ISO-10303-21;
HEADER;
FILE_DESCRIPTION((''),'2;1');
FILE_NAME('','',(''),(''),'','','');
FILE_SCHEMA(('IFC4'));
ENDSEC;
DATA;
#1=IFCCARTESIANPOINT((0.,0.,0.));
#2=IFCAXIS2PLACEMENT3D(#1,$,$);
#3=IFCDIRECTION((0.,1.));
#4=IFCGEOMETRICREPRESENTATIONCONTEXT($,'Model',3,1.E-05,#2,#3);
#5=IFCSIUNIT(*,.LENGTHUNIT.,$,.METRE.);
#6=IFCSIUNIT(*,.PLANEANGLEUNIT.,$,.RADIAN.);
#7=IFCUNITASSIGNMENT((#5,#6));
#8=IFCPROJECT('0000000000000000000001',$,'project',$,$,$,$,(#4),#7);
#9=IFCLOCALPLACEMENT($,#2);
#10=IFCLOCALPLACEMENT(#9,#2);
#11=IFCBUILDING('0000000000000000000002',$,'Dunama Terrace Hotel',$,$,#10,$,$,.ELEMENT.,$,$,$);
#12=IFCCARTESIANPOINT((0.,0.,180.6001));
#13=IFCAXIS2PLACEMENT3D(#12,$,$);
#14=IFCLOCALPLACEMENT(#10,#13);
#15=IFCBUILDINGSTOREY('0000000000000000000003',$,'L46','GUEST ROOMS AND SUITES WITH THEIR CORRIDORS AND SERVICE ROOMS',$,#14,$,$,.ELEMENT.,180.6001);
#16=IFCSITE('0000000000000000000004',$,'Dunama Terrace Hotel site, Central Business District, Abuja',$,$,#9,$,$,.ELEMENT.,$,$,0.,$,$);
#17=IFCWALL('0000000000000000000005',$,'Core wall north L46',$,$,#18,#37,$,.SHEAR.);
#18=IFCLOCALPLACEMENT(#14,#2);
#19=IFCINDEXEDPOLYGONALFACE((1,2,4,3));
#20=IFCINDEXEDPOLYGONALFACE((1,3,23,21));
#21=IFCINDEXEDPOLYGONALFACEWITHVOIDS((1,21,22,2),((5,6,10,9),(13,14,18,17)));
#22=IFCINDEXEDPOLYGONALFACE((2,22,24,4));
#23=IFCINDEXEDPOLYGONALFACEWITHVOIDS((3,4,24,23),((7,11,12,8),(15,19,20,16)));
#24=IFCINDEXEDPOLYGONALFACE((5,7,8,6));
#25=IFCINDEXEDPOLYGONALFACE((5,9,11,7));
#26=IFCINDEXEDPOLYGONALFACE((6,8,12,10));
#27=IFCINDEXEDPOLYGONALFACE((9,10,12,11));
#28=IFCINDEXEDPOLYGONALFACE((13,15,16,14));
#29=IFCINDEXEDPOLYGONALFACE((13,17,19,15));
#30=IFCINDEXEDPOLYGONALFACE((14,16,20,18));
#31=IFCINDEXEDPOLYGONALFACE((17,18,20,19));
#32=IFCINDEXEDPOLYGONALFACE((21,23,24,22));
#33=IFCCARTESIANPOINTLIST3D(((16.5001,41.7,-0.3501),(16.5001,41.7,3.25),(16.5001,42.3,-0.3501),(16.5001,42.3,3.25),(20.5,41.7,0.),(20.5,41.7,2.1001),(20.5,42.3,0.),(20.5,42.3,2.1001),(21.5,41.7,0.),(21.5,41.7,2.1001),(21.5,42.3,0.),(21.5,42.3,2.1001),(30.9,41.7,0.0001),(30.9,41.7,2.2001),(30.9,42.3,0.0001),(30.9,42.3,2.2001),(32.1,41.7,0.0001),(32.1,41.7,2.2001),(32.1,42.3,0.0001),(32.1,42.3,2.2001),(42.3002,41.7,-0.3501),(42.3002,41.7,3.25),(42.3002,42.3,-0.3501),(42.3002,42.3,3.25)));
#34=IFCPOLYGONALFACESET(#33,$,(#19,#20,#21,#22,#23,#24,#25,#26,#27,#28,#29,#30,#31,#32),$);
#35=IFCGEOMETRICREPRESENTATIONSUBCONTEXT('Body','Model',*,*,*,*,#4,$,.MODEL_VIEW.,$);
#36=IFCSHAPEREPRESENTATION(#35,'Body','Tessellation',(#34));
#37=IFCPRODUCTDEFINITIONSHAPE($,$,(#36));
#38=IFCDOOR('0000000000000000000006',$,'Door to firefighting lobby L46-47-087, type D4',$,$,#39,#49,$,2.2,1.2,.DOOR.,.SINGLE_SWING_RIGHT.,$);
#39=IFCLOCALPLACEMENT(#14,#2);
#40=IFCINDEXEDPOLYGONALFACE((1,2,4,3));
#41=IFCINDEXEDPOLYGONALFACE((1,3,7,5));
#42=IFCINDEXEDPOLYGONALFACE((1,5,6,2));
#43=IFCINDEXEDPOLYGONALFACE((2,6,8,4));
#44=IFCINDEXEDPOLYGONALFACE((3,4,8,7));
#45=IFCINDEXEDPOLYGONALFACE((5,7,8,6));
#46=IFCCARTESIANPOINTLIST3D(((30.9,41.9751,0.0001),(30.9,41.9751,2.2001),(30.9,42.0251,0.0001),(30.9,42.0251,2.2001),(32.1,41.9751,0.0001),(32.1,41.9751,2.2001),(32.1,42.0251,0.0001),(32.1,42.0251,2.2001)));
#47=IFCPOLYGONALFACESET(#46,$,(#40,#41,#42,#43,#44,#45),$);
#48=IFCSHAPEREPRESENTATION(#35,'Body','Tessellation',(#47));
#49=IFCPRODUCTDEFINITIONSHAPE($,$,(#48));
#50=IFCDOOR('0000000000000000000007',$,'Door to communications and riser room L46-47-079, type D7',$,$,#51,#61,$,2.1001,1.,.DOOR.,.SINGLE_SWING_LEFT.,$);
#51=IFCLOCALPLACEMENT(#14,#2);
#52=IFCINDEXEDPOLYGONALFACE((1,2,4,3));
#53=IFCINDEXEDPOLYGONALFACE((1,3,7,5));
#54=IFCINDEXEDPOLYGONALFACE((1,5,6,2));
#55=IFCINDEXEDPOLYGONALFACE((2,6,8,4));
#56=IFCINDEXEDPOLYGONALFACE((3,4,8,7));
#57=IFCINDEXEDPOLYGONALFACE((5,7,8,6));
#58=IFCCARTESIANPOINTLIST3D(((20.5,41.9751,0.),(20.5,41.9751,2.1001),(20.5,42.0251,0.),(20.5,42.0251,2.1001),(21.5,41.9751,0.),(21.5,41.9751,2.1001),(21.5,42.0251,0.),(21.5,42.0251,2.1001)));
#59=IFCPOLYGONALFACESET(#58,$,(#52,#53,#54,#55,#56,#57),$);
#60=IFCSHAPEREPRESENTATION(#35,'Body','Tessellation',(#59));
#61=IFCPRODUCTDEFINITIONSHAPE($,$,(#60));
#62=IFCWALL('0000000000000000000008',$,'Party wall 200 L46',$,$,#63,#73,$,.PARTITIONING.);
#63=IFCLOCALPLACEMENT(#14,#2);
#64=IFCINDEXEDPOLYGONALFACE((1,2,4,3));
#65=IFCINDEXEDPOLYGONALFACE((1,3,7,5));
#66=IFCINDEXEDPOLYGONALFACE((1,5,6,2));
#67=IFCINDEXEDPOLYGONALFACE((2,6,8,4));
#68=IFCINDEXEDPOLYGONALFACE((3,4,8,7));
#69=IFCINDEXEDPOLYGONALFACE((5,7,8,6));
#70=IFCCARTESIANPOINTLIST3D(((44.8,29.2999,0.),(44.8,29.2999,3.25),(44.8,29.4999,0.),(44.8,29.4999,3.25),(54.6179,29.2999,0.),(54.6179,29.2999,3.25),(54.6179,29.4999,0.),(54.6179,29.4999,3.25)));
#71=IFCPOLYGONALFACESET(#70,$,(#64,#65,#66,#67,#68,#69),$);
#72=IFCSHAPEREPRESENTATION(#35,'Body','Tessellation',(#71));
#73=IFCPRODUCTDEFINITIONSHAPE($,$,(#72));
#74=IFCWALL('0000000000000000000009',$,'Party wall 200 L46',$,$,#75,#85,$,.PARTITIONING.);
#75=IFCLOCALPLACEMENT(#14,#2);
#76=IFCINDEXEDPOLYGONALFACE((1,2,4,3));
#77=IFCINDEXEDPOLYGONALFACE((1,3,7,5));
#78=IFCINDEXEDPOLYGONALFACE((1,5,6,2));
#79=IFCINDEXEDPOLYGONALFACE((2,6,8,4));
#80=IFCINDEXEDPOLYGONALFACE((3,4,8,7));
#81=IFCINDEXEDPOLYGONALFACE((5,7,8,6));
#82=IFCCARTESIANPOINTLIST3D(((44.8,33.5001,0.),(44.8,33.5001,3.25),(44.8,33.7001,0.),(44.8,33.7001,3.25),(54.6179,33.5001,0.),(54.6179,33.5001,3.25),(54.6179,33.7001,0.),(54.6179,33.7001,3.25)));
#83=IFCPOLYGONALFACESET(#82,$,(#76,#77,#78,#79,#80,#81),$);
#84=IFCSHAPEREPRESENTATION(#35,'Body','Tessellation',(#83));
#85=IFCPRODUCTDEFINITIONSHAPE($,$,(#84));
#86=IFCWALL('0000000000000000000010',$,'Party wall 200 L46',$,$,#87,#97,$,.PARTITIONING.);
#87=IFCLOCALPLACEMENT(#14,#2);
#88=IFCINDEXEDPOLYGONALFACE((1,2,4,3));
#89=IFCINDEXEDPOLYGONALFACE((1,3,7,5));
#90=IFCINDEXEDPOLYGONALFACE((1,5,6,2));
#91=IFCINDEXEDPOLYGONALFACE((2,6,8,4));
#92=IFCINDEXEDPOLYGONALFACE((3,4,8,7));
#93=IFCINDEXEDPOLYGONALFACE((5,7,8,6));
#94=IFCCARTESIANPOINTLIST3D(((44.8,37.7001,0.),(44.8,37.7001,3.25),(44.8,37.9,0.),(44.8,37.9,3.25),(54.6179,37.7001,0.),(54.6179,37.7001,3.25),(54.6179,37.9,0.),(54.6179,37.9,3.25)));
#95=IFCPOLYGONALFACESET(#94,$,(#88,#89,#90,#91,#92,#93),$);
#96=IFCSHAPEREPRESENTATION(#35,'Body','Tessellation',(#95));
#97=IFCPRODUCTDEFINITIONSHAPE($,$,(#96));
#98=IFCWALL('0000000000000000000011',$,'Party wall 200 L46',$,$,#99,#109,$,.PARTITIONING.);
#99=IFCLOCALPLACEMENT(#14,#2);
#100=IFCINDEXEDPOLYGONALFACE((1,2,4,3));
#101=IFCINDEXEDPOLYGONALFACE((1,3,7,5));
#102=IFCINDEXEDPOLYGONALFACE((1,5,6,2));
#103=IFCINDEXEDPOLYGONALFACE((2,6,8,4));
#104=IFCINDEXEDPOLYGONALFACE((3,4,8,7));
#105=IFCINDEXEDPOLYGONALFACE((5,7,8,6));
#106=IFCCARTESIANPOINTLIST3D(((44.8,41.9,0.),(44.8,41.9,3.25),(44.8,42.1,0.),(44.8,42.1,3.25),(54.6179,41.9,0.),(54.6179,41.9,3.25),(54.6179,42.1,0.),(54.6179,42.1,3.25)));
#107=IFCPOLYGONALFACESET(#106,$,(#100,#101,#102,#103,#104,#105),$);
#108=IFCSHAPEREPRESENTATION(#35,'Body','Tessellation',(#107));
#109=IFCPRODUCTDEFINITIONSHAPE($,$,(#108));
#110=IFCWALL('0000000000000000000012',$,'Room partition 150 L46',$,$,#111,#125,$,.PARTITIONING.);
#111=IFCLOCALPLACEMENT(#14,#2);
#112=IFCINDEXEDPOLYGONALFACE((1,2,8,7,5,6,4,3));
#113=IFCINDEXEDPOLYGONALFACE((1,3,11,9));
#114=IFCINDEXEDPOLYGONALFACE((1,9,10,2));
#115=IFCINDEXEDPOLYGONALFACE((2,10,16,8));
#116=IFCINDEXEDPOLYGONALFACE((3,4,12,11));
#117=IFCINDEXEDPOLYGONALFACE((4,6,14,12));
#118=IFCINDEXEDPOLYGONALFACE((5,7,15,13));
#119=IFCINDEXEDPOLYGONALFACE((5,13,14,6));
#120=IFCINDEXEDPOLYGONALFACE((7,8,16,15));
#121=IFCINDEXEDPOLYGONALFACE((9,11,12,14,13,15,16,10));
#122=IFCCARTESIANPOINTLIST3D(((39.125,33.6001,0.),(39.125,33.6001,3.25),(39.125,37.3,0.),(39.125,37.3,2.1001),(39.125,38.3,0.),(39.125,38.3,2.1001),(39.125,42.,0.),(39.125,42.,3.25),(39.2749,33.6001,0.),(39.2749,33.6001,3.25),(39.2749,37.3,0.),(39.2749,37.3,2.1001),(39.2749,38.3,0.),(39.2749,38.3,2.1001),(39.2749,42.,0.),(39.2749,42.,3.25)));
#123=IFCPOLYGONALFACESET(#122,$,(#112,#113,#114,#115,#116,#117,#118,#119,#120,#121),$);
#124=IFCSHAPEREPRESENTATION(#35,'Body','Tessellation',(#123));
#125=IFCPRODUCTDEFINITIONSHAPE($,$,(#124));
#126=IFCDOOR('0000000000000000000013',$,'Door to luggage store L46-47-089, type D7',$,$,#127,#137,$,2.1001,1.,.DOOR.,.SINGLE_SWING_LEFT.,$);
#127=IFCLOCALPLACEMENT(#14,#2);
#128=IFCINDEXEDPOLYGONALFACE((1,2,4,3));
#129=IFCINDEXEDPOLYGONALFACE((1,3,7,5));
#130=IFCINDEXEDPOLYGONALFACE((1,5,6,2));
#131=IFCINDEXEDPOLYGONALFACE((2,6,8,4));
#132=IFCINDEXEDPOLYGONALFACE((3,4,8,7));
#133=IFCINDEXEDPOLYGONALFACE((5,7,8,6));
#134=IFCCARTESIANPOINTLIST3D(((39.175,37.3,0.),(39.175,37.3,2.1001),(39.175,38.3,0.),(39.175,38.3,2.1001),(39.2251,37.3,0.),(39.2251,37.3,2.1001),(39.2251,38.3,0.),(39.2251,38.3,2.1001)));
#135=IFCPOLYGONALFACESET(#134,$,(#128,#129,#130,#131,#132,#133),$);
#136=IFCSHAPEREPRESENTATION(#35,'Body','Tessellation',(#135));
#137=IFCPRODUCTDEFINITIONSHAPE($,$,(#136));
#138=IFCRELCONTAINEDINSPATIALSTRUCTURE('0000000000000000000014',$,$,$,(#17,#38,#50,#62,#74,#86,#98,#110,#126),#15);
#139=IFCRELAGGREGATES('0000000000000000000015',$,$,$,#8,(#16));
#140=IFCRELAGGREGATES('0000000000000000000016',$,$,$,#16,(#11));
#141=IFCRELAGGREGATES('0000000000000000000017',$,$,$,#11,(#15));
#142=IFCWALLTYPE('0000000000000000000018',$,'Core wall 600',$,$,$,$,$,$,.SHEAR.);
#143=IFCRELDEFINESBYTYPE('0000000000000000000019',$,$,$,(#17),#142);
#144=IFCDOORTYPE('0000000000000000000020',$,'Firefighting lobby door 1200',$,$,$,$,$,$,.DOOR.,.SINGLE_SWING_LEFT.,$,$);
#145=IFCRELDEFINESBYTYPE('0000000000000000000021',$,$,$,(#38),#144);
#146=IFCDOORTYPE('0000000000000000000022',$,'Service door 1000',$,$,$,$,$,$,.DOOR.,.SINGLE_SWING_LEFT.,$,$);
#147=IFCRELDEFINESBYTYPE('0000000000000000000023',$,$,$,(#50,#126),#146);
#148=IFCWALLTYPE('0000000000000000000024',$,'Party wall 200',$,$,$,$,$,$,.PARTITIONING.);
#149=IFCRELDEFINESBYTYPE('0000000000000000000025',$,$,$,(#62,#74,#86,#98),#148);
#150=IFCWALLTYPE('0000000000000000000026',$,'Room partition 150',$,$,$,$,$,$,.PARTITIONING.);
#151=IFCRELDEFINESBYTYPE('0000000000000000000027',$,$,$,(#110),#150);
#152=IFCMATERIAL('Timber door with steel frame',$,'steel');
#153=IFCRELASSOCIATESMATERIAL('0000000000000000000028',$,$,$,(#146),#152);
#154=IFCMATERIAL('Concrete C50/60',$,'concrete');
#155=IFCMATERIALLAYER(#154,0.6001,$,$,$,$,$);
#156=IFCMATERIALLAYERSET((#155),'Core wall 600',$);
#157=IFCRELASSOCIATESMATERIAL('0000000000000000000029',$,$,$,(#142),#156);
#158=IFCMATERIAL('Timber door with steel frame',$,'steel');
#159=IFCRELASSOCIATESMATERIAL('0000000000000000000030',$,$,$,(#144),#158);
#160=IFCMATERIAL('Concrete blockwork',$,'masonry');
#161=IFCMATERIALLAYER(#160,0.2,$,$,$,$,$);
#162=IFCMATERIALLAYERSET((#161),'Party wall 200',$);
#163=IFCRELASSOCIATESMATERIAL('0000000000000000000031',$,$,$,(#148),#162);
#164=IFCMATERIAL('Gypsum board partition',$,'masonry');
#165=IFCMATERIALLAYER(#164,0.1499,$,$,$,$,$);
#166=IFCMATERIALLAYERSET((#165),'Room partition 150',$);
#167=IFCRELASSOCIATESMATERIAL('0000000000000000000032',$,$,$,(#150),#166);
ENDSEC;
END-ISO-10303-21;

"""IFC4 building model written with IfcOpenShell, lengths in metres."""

from ifc_helpers import new_model, si_unit, direction, frame, frame_2d, origin, place, context, subcontext, project, spatial, rectangle, extrude, material, layer, layer_set, type_object, element, fill, save


model = new_model("IFC4")

# Units and contexts
model_context = context("Model", 3, precision=1e-05, world=origin(), true_north=direction((0.0, 1.0)))
body_context = subcontext(model_context, "Body", "Model", "MODEL_VIEW")
ifc_project = project(units=[si_unit("LENGTHUNIT", "METRE"), si_unit("PLANEANGLEUNIT", "RADIAN")], contexts=[model_context])

# Site, building, storey
site_placement = place(None, origin())
site = spatial("IfcSite", under=ifc_project, at=site_placement, Name="Dunama Terrace Hotel site, Central Business District, Abuja", CompositionType="ELEMENT", RefElevation=0.0)
building_placement = place(site_placement, origin())
building = spatial("IfcBuilding", under=site, at=building_placement, Name="Dunama Terrace Hotel", CompositionType="ELEMENT")
storey_placement = place(building_placement, frame((0.0, 0.0, 180.6001)))
storey = spatial("IfcBuildingStorey", under=building, at=storey_placement, Name="L46", Description="GUEST ROOMS AND SUITES WITH THEIR CORRIDORS AND SERVICE ROOMS", CompositionType="ELEMENT", Elevation=180.6001)

# Shared definitions
ifc_material_1 = material(Name="Timber door with steel frame", Category="steel")
door_type_1 = type_object("IfcDoorType", Name="Service door 1000", OperationType="SINGLE_SWING_LEFT", PredefinedType="DOOR", material=ifc_material_1)

# Wall, openings, doors
ifc_material_2 = material(Name="Concrete C50/60", Category="concrete")
ifc_layer_1 = layer(ifc_material_2, 0.6001)
ifc_layer_set_1 = layer_set([ifc_layer_1], Name="Core wall 600")
wall_type_1 = type_object("IfcWallType", Name="Core wall 600", PredefinedType="SHEAR", material=ifc_layer_set_1)
wall_1_placement = place(storey_placement, frame((42.3, 42.0, -0.3501), z_axis=(0.0, 0.0, 1.0), x_axis=(-1.0, 0.0, 0.0)))
wall_1 = element("IfcWall", 1, at=wall_1_placement, inside=storey, type_object=wall_type_1, Name="Core wall north L46", PredefinedType="SHEAR", context=body_context, shape_type="SweptSolid", body=[
    extrude(rectangle(XDim=25.8, YDim=0.6001, at=frame_2d((12.8999, 0.0))), origin(), (0.0, 0.0, 1.0), 3.6001),
])
opening_1_placement = place(wall_1_placement, frame((20.8, 0.0, 0.3501)))
opening_1 = element("IfcOpeningElement", 2, at=opening_1_placement, cuts=wall_1, PredefinedType="OPENING", context=body_context, shape_type="SweptSolid", body=[
    extrude(rectangle(XDim=1.0, YDim=2.1001, at=frame_2d((0.5, 1.05))), frame((0.0, 0.3101, 0.0), z_axis=(0.0, -1.0, 0.0), x_axis=(1.0, 0.0, 0.0)), (0.0, 0.0, 1.0), 0.6201),
])
opening_2_placement = place(wall_1_placement, frame((10.2, 0.0, 0.3501)))
opening_2 = element("IfcOpeningElement", 3, at=opening_2_placement, cuts=wall_1, PredefinedType="OPENING", context=body_context, shape_type="SweptSolid", body=[
    extrude(rectangle(XDim=1.2, YDim=2.2, at=frame_2d((0.6001, 1.1001))), frame((0.0, 0.3101, 0.0), z_axis=(0.0, -1.0, 0.0), x_axis=(1.0, 0.0, 0.0)), (0.0, 0.0, 1.0), 0.6201),
])
ifc_material_3 = material(Name="Timber door with steel frame", Category="steel")
door_type_2 = type_object("IfcDoorType", Name="Firefighting lobby door 1200", OperationType="SINGLE_SWING_LEFT", PredefinedType="DOOR", material=ifc_material_3)
door_1_placement = place(opening_2_placement, origin())
door_1 = element("IfcDoor", 4, at=door_1_placement, inside=storey, type_object=door_type_2, Name="Door to firefighting lobby L46-47-087, type D4", OperationType="SINGLE_SWING_RIGHT", OverallHeight=2.2, OverallWidth=1.2, PredefinedType="DOOR", context=body_context, shape_type="SweptSolid", body=[
    extrude(rectangle(XDim=1.2, YDim=2.2, at=frame_2d((0.6001, 1.1001))), frame((0.0, 0.0249, 0.0), z_axis=(0.0, -1.0, 0.0), x_axis=(1.0, 0.0, 0.0)), (0.0, 0.0, 1.0), 0.05),
])
fill(opening_2, door_1)
door_2_placement = place(opening_1_placement, origin())
door_2 = element("IfcDoor", 5, at=door_2_placement, inside=storey, type_object=door_type_1, Name="Door to communications and riser room L46-47-079, type D7", OperationType="SINGLE_SWING_LEFT", OverallHeight=2.1001, OverallWidth=1.0, PredefinedType="DOOR", context=body_context, shape_type="SweptSolid", body=[
    extrude(rectangle(XDim=1.0, YDim=2.1001, at=frame_2d((0.5, 1.05))), frame((0.0, 0.0249, 0.0), z_axis=(0.0, -1.0, 0.0), x_axis=(1.0, 0.0, 0.0)), (0.0, 0.0, 1.0), 0.05),
])
fill(opening_1, door_2)

# Walls
ifc_material_4 = material(Name="Concrete blockwork", Category="masonry")
ifc_layer_2 = layer(ifc_material_4, 0.2)
ifc_layer_set_2 = layer_set([ifc_layer_2], Name="Party wall 200")
wall_type_2 = type_object("IfcWallType", Name="Party wall 200", PredefinedType="PARTITIONING", material=ifc_layer_set_2)
for number, where, z_axis, x_axis, name in (
    (6, (44.8, 29.3999, 0.0), (0.0, 0.0, 1.0), (1.0, 0.0, 0.0), "Party wall 200 L46"),
    (7, (44.8, 33.6001, 0.0), (0.0, 0.0, 1.0), (1.0, 0.0, 0.0), "Party wall 200 L46"),
    (8, (44.8, 37.8, 0.0), (0.0, 0.0, 1.0), (1.0, 0.0, 0.0), "Party wall 200 L46"),
    (9, (44.8, 42.0, 0.0), (0.0, 0.0, 1.0), (1.0, 0.0, 0.0), "Party wall 200 L46"),
):
    element("IfcWall", number, at=place(storey_placement, frame(where, z_axis=z_axis, x_axis=x_axis)), inside=storey, type_object=wall_type_2, Name=name, PredefinedType="PARTITIONING", context=body_context, shape_type="SweptSolid", body=[
        extrude(rectangle(XDim=9.8179, YDim=0.2, at=frame_2d((4.9089, 0.0))), origin(), (0.0, 0.0, 1.0), 3.25),
    ])

# Wall, opening, door
ifc_material_5 = material(Name="Gypsum board partition", Category="masonry")
ifc_layer_3 = layer(ifc_material_5, 0.1499)
ifc_layer_set_3 = layer_set([ifc_layer_3], Name="Room partition 150")
wall_type_3 = type_object("IfcWallType", Name="Room partition 150", PredefinedType="PARTITIONING", material=ifc_layer_set_3)
wall_2_placement = place(storey_placement, frame((39.2, 33.6001, 0.0), z_axis=(0.0, 0.0, 1.0), x_axis=(0.0, 1.0, 0.0)))
wall_2 = element("IfcWall", 10, at=wall_2_placement, inside=storey, type_object=wall_type_3, Name="Room partition 150 L46", PredefinedType="PARTITIONING", context=body_context, shape_type="SweptSolid", body=[
    extrude(rectangle(XDim=8.3999, YDim=0.1499, at=frame_2d((4.2, 0.0))), origin(), (0.0, 0.0, 1.0), 3.25),
])
opening_3_placement = place(wall_2_placement, frame((3.7, 0.0, 0.0)))
opening_3 = element("IfcOpeningElement", 11, at=opening_3_placement, cuts=wall_2, PredefinedType="OPENING", context=body_context, shape_type="SweptSolid", body=[
    extrude(rectangle(XDim=1.0, YDim=2.1001, at=frame_2d((0.5, 1.05))), frame((0.0, 0.085, 0.0), z_axis=(0.0, -1.0, 0.0), x_axis=(1.0, 0.0, 0.0)), (0.0, 0.0, 1.0), 0.1699),
])
door_3_placement = place(opening_3_placement, origin())
door_3 = element("IfcDoor", 12, at=door_3_placement, inside=storey, type_object=door_type_1, Name="Door to luggage store L46-47-089, type D7", OperationType="SINGLE_SWING_LEFT", OverallHeight=2.1001, OverallWidth=1.0, PredefinedType="DOOR", context=body_context, shape_type="SweptSolid", body=[
    extrude(rectangle(XDim=1.0, YDim=2.1001, at=frame_2d((0.5, 1.05))), frame((0.0, 0.0249, 0.0), z_axis=(0.0, -1.0, 0.0), x_axis=(1.0, 0.0, 0.0)), (0.0, 0.0, 1.0), 0.05),
])
fill(opening_3, door_3)

save(model, "model.ifc")
